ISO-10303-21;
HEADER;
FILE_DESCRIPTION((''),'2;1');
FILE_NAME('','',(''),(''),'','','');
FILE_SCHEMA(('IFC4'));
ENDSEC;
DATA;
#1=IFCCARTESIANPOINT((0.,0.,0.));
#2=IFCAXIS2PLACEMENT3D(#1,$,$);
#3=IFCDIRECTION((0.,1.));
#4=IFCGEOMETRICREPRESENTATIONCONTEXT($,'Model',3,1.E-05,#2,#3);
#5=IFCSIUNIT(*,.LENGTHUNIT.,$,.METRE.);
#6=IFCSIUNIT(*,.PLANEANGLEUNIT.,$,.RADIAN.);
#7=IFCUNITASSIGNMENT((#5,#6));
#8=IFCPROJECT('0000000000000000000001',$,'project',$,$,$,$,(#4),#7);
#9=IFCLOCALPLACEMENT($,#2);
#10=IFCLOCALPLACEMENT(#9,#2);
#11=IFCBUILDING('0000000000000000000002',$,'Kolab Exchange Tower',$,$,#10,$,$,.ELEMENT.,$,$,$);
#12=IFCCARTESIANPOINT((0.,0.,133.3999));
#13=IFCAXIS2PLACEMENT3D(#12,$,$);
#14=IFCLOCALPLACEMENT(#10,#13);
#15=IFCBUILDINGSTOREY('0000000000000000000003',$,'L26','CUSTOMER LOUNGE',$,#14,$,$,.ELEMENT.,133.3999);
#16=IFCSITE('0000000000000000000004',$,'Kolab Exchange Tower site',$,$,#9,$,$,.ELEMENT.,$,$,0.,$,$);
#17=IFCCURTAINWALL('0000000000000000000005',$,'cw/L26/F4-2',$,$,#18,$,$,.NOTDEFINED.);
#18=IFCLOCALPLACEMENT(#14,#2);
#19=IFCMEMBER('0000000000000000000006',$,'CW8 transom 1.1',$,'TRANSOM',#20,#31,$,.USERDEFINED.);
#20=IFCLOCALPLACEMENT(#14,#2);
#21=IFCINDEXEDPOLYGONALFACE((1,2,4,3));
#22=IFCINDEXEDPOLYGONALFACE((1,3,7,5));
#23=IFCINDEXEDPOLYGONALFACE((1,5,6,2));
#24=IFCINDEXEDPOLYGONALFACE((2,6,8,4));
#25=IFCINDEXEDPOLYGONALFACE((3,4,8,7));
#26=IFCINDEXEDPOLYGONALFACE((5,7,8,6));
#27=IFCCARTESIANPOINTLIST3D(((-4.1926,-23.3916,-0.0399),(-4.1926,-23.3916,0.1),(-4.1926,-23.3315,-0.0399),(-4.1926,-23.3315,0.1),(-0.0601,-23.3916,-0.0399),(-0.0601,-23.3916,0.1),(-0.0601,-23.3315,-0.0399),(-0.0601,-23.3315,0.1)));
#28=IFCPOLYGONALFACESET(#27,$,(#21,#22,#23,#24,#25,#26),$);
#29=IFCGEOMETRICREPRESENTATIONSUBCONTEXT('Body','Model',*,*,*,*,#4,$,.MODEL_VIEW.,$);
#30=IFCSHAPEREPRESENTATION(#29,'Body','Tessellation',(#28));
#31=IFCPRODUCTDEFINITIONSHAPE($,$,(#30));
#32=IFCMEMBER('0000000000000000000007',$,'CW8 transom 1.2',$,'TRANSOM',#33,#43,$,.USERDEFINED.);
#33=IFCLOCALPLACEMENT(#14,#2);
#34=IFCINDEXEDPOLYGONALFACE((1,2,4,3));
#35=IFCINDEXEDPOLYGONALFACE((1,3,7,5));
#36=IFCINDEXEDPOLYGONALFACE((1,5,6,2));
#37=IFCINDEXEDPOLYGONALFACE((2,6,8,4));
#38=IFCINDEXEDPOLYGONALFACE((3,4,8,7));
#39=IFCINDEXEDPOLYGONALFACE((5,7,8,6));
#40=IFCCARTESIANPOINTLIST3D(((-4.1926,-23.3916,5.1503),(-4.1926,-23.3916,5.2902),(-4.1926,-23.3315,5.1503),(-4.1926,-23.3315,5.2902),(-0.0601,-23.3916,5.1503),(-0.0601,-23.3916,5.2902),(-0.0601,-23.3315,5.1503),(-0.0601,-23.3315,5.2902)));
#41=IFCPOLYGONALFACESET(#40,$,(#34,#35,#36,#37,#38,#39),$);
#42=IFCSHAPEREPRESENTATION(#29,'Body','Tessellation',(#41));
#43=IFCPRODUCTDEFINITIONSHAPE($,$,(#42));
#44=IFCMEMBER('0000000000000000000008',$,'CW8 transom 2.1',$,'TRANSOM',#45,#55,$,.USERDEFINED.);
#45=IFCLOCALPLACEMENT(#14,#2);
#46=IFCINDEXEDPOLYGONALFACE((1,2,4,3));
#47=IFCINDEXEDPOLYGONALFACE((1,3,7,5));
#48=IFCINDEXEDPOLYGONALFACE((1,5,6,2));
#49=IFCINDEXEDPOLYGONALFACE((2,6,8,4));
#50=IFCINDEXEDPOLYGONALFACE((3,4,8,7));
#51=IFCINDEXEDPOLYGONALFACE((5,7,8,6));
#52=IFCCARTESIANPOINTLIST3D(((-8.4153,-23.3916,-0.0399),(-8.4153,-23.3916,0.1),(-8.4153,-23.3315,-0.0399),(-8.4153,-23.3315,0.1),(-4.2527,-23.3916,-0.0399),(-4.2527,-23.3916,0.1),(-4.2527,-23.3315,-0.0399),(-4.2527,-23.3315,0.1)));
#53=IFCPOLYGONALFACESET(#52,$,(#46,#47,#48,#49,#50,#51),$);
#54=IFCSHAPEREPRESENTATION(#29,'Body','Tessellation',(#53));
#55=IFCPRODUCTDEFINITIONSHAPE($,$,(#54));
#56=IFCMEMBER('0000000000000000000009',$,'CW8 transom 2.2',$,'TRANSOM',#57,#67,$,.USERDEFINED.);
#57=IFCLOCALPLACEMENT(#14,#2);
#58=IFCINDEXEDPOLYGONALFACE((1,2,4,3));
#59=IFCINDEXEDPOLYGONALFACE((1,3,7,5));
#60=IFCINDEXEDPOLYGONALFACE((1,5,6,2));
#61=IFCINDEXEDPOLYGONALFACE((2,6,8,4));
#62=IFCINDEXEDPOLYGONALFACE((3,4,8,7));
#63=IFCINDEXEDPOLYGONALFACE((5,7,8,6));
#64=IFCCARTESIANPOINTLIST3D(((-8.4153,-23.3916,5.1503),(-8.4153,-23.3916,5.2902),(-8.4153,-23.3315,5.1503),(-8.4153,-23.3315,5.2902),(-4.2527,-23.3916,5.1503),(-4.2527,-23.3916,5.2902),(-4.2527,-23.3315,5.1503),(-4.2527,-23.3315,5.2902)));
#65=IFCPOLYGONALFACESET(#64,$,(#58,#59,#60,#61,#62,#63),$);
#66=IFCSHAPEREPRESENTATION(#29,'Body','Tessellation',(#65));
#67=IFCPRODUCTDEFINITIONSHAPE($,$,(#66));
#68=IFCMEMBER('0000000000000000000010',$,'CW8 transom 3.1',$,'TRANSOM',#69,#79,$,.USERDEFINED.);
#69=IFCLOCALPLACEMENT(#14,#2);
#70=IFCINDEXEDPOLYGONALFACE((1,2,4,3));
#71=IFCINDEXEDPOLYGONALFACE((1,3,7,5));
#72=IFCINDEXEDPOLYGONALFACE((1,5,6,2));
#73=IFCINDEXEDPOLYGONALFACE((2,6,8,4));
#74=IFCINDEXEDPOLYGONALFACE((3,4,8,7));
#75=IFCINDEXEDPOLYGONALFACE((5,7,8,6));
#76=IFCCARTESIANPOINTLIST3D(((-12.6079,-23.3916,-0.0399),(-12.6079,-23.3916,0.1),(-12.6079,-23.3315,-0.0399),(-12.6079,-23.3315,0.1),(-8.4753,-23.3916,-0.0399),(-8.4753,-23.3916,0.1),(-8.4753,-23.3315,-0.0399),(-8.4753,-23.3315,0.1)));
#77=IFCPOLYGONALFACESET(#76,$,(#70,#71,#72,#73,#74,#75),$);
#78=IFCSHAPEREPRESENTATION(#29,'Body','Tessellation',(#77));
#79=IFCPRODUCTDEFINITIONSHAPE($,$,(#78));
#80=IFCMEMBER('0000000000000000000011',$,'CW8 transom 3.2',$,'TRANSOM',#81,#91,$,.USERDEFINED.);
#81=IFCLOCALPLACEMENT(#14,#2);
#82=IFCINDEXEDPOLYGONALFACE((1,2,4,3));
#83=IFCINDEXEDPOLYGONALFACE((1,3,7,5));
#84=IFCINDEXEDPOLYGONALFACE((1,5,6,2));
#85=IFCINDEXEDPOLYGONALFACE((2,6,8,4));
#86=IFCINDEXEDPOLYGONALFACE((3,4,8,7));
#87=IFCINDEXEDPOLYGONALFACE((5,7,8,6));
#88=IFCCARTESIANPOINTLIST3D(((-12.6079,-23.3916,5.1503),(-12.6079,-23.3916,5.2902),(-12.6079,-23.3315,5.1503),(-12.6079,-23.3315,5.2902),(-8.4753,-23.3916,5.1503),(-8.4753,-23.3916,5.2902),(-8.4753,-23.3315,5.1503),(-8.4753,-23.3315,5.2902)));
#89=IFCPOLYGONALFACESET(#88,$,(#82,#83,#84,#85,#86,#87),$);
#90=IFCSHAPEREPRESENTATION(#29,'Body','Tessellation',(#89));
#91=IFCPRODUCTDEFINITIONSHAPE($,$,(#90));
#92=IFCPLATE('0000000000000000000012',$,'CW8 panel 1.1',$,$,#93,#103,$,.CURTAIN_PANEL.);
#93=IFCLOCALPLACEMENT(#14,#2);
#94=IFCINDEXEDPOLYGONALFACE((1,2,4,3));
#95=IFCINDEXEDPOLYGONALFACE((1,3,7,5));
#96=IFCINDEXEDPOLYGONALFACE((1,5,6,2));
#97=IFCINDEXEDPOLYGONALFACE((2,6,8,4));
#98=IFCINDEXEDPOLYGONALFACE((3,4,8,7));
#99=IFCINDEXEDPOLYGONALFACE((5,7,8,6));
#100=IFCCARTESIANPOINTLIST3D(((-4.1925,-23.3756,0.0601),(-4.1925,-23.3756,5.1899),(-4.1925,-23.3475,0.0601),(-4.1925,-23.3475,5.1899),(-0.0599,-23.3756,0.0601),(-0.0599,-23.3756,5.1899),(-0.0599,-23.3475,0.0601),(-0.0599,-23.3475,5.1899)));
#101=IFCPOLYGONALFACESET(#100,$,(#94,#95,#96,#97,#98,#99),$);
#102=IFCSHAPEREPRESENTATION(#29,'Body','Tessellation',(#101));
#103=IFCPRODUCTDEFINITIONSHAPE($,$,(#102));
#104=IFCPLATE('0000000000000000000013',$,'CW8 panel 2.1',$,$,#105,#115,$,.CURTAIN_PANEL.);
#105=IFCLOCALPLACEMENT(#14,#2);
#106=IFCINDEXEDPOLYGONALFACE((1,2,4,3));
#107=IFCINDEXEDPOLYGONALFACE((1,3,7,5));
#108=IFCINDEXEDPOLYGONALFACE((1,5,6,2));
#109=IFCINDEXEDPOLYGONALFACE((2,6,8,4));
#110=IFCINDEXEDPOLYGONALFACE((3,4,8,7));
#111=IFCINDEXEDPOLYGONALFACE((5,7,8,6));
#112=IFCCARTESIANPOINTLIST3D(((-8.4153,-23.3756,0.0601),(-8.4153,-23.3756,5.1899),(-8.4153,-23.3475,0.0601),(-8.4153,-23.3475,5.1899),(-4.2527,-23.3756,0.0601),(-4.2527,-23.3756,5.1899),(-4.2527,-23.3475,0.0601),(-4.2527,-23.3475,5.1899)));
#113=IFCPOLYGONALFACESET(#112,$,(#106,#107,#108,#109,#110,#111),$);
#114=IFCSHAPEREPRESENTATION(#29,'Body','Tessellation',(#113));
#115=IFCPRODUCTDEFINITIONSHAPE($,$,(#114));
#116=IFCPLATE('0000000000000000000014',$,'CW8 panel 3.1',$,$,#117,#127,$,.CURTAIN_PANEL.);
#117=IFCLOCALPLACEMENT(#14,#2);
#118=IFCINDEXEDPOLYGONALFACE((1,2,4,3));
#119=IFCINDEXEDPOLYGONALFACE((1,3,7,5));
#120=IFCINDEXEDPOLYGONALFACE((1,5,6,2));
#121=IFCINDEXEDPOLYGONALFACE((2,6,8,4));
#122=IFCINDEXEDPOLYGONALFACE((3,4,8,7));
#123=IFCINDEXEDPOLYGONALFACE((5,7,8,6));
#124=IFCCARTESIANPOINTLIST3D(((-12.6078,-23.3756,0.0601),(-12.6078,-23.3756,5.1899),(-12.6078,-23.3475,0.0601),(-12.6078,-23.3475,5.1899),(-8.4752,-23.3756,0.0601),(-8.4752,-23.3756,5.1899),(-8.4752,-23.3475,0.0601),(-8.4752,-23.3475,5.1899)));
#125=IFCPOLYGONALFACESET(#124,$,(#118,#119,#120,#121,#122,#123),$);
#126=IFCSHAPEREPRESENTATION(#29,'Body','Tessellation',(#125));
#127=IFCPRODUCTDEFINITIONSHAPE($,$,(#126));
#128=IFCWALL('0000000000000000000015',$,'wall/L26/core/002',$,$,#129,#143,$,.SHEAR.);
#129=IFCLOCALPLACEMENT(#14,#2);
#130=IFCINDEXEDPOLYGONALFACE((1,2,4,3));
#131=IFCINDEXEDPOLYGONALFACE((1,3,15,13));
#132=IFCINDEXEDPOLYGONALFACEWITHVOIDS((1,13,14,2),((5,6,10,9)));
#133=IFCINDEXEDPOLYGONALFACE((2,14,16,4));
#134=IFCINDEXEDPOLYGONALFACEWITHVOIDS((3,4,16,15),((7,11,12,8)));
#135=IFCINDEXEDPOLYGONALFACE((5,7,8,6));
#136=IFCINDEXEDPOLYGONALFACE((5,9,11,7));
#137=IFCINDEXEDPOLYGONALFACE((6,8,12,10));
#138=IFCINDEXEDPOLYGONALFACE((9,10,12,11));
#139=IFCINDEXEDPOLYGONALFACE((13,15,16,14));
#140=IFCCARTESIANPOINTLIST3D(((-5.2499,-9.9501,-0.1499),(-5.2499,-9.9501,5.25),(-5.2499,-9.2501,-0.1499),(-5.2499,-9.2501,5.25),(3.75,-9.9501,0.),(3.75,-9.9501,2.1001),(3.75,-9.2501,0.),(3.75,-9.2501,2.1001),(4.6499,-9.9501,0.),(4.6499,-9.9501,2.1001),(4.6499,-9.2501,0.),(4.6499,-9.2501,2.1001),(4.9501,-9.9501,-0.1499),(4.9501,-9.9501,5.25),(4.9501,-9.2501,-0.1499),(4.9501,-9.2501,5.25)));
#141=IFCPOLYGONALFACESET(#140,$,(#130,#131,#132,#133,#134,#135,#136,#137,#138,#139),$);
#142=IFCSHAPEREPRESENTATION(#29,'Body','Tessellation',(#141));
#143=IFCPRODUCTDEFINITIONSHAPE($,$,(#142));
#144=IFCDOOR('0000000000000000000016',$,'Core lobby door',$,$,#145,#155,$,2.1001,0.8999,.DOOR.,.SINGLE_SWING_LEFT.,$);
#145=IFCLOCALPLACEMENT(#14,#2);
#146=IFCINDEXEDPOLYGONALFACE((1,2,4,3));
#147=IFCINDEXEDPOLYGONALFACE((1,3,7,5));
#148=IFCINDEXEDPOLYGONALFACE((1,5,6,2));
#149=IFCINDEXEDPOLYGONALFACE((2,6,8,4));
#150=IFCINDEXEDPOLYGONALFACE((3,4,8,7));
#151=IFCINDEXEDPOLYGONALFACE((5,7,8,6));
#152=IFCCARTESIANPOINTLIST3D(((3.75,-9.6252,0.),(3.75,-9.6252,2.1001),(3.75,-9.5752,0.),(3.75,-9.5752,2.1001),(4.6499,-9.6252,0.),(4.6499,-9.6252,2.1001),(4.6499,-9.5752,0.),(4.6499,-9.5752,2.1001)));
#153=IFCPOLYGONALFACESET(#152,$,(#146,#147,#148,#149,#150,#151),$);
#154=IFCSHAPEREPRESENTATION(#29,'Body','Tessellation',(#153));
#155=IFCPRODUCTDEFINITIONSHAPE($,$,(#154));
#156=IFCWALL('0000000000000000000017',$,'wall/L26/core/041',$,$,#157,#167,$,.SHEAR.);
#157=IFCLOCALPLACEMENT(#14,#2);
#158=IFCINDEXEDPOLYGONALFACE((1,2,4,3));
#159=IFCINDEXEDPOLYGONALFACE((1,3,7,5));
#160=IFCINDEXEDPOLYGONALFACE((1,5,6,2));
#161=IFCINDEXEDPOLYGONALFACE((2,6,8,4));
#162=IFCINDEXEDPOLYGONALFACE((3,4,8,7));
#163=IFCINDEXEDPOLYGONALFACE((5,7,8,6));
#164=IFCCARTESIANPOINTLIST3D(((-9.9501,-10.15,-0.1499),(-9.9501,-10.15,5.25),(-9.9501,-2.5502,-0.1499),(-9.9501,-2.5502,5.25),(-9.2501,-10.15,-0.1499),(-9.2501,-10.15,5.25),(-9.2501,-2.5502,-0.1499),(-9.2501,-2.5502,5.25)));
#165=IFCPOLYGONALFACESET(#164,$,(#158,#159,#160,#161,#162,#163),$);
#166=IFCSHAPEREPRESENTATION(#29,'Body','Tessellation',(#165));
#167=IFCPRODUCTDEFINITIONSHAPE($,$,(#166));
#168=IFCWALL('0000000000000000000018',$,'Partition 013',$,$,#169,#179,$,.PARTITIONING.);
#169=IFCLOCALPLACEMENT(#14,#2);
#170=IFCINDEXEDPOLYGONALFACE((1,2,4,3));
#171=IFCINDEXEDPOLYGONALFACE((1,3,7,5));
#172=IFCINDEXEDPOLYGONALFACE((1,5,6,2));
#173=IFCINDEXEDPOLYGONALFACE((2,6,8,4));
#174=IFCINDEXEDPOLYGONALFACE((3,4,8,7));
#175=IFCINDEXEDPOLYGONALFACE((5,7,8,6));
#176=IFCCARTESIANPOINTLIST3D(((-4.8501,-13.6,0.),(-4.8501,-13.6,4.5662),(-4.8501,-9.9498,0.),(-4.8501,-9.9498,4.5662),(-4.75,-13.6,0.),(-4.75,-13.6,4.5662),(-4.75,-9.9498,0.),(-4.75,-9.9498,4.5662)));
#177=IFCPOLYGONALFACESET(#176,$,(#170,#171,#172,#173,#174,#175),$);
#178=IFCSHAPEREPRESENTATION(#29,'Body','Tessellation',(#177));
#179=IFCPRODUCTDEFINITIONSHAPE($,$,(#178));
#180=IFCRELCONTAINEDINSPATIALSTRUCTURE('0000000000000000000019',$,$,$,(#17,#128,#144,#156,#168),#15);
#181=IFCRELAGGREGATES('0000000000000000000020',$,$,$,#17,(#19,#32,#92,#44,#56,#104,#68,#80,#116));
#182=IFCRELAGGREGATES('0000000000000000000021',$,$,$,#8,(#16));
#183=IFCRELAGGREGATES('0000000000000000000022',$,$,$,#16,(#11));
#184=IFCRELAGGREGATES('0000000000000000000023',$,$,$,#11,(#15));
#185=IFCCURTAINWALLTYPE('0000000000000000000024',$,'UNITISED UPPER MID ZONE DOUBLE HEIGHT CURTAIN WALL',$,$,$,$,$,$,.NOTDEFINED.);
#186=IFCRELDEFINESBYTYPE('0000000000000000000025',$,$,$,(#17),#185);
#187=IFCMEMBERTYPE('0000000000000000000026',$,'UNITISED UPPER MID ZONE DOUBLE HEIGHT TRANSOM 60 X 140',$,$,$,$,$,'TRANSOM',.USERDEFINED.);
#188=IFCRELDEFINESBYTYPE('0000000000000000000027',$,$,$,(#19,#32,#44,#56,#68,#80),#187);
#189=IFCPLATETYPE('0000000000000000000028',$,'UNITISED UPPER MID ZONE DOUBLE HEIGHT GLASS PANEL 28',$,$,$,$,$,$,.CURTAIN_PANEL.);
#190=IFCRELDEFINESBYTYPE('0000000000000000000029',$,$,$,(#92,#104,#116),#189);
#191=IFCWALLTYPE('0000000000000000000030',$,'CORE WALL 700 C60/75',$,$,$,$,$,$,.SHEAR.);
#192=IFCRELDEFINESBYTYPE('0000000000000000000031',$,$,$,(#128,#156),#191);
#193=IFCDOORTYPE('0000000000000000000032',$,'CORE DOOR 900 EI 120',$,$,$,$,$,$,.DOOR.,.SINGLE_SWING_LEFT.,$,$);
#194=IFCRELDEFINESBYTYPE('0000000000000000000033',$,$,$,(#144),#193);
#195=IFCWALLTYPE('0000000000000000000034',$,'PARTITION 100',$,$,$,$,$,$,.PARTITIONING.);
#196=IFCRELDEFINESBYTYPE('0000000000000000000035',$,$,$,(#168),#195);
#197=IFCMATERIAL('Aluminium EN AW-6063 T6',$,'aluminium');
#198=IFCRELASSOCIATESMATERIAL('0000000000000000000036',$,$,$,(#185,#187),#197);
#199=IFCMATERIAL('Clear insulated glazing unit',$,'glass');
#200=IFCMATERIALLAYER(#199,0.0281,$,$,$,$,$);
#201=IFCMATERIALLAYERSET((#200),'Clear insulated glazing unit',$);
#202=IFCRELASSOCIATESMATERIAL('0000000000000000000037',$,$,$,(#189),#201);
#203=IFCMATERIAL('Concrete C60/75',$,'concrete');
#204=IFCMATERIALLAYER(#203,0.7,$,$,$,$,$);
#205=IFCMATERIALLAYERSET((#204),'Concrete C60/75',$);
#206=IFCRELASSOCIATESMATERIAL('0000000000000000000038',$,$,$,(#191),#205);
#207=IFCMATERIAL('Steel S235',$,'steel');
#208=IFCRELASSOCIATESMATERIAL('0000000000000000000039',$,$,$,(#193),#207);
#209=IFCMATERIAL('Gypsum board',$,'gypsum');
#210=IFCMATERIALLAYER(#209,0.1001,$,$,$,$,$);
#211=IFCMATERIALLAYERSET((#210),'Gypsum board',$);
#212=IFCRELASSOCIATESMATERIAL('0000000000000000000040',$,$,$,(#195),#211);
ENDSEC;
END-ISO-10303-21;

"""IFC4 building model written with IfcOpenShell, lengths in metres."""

from ifc_helpers import new_model, si_unit, direction, frame, frame_2d, origin, origin_2d, place, context, subcontext, project, spatial, rectangle, extrude, material, layer, layer_set, material_profile, profile_set, type_object, element, fill, aggregate, save


model = new_model("IFC4")

# Units and contexts
model_context = context("Model", 3, precision=1e-05, world=origin(), true_north=direction((0.0, 1.0)))
body_context = subcontext(model_context, "Body", "Model", "MODEL_VIEW")
ifc_project = project(units=[si_unit("LENGTHUNIT", "METRE"), si_unit("PLANEANGLEUNIT", "RADIAN")], contexts=[model_context])

# Site, building, storey
site_placement = place(None, origin())
site = spatial("IfcSite", under=ifc_project, at=site_placement, Name="Kolab Exchange Tower site", CompositionType="ELEMENT", RefElevation=0.0)
building_placement = place(site_placement, origin())
building = spatial("IfcBuilding", under=site, at=building_placement, Name="Kolab Exchange Tower", CompositionType="ELEMENT")
storey_placement = place(building_placement, frame((0.0, 0.0, 133.3999)))
storey = spatial("IfcBuildingStorey", under=building, at=storey_placement, Name="L26", Description="CUSTOMER LOUNGE", CompositionType="ELEMENT", Elevation=133.3999)

# Shared definitions
ifc_material_1 = material(Name="Concrete C60/75", Category="concrete")

# Curtain wall, members, plates
ifc_material_2 = material(Name="Aluminium EN AW-6063 T6", Category="aluminium")
curtain_wall_type = type_object("IfcCurtainWallType", Name="UNITISED UPPER MID ZONE DOUBLE HEIGHT CURTAIN WALL", PredefinedType="NOTDEFINED", material=ifc_material_2)
curtain_wall_placement = place(storey_placement, origin())
curtain_wall = element("IfcCurtainWall", 1, at=curtain_wall_placement, inside=storey, type_object=curtain_wall_type, Name="cw/L26/F4-2", PredefinedType="NOTDEFINED")
ifc_material_profile_1 = material_profile(ifc_material_2, rectangle(XDim=0.0601, YDim=0.1399, at=origin_2d()), Name="RECT 60X140")
ifc_profile_set_1 = profile_set([ifc_material_profile_1], Name="Aluminium EN AW-6063 T6")
member_type_1 = type_object("IfcMemberType", Name="UNITISED UPPER MID ZONE DOUBLE HEIGHT TRANSOM 60 X 140", ElementType="TRANSOM", PredefinedType="USERDEFINED", material=ifc_profile_set_1)
member_1_placement = place(storey_placement, frame((-0.0601, -23.3616, 0.03), z_axis=(-1.0, 0.0, 0.0), x_axis=(0.0, -1.0, 0.0)))
member_1 = element("IfcMember", 2, at=member_1_placement, type_object=member_type_1, Name="CW8 transom 1.1", ObjectType="TRANSOM", PredefinedType="USERDEFINED", context=body_context, shape_type="SweptSolid", body=[
    extrude(rectangle(XDim=0.0601, YDim=0.1399, at=origin_2d()), origin(), (0.0, 0.0, 1.0), 4.1326),
])
member_2_placement = place(storey_placement, frame((-0.0601, -23.3616, 5.2202), z_axis=(-1.0, 0.0, 0.0), x_axis=(0.0, -1.0, 0.0)))
member_2 = element("IfcMember", 3, at=member_2_placement, type_object=member_type_1, Name="CW8 transom 1.2", ObjectType="TRANSOM", PredefinedType="USERDEFINED", context=body_context, shape_type="SweptSolid", body=[
    extrude(rectangle(XDim=0.0601, YDim=0.1399, at=origin_2d()), origin(), (0.0, 0.0, 1.0), 4.1326),
])
member_3_placement = place(storey_placement, frame((-4.2527, -23.3616, 0.03), z_axis=(-1.0, 0.0, 0.0), x_axis=(0.0, -1.0, 0.0)))
member_3 = element("IfcMember", 4, at=member_3_placement, type_object=member_type_1, Name="CW8 transom 2.1", ObjectType="TRANSOM", PredefinedType="USERDEFINED", context=body_context, shape_type="SweptSolid", body=[
    extrude(rectangle(XDim=0.0601, YDim=0.1399, at=origin_2d()), origin(), (0.0, 0.0, 1.0), 4.1626),
])
member_4_placement = place(storey_placement, frame((-4.2527, -23.3616, 5.2202), z_axis=(-1.0, 0.0, 0.0), x_axis=(0.0, -1.0, 0.0)))
member_4 = element("IfcMember", 5, at=member_4_placement, type_object=member_type_1, Name="CW8 transom 2.2", ObjectType="TRANSOM", PredefinedType="USERDEFINED", context=body_context, shape_type="SweptSolid", body=[
    extrude(rectangle(XDim=0.0601, YDim=0.1399, at=origin_2d()), origin(), (0.0, 0.0, 1.0), 4.1626),
])
member_5_placement = place(storey_placement, frame((-8.4753, -23.3616, 0.03), z_axis=(-1.0, 0.0, 0.0), x_axis=(0.0, -1.0, 0.0)))
member_5 = element("IfcMember", 6, at=member_5_placement, type_object=member_type_1, Name="CW8 transom 3.1", ObjectType="TRANSOM", PredefinedType="USERDEFINED", context=body_context, shape_type="SweptSolid", body=[
    extrude(rectangle(XDim=0.0601, YDim=0.1399, at=origin_2d()), origin(), (0.0, 0.0, 1.0), 4.1326),
])
member_6_placement = place(storey_placement, frame((-8.4753, -23.3616, 5.2202), z_axis=(-1.0, 0.0, 0.0), x_axis=(0.0, -1.0, 0.0)))
member_6 = element("IfcMember", 7, at=member_6_placement, type_object=member_type_1, Name="CW8 transom 3.2", ObjectType="TRANSOM", PredefinedType="USERDEFINED", context=body_context, shape_type="SweptSolid", body=[
    extrude(rectangle(XDim=0.0601, YDim=0.1399, at=origin_2d()), origin(), (0.0, 0.0, 1.0), 4.1326),
])
ifc_material_3 = material(Name="Clear insulated glazing unit", Category="glass")
ifc_layer_1 = layer(ifc_material_3, 0.0281)
ifc_layer_set_1 = layer_set([ifc_layer_1], Name="Clear insulated glazing unit")
plate_type = type_object("IfcPlateType", Name="UNITISED UPPER MID ZONE DOUBLE HEIGHT GLASS PANEL 28", PredefinedType="CURTAIN_PANEL", material=ifc_layer_set_1)
plate_1_placement = place(storey_placement, frame((-2.1262, -23.3616, 0.0601), z_axis=(0.0, 0.0, 1.0), x_axis=(-1.0, 0.0, 0.0)))
plate_1 = element("IfcPlate", 8, at=plate_1_placement, type_object=plate_type, Name="CW8 panel 1.1", PredefinedType="CURTAIN_PANEL", context=body_context, shape_type="SweptSolid", body=[
    extrude(rectangle(XDim=4.1326, YDim=0.0281, at=origin_2d()), origin(), (0.0, 0.0, 1.0), 5.1299),
])
plate_2_placement = place(storey_placement, frame((-6.334, -23.3616, 0.0601), z_axis=(0.0, 0.0, 1.0), x_axis=(-1.0, 0.0, 0.0)))
plate_2 = element("IfcPlate", 9, at=plate_2_placement, type_object=plate_type, Name="CW8 panel 2.1", PredefinedType="CURTAIN_PANEL", context=body_context, shape_type="SweptSolid", body=[
    extrude(rectangle(XDim=4.1626, YDim=0.0281, at=origin_2d()), origin(), (0.0, 0.0, 1.0), 5.1299),
])
plate_3_placement = place(storey_placement, frame((-10.5415, -23.3616, 0.0601), z_axis=(0.0, 0.0, 1.0), x_axis=(-1.0, 0.0, 0.0)))
plate_3 = element("IfcPlate", 10, at=plate_3_placement, type_object=plate_type, Name="CW8 panel 3.1", PredefinedType="CURTAIN_PANEL", context=body_context, shape_type="SweptSolid", body=[
    extrude(rectangle(XDim=4.1326, YDim=0.0281, at=origin_2d()), origin(), (0.0, 0.0, 1.0), 5.1299),
])
aggregate(curtain_wall, [member_1, member_2, plate_1, member_3, member_4, plate_2, member_5, member_6, plate_3])

# Wall, opening, door
ifc_layer_2 = layer(ifc_material_1, 0.7)
ifc_layer_set_2 = layer_set([ifc_layer_2], Name="Concrete C60/75")
wall_type_1 = type_object("IfcWallType", Name="CORE WALL 700 C60/75", PredefinedType="SHEAR", material=ifc_layer_set_2)
wall_1_placement = place(storey_placement, frame((-5.25, -9.6001, -0.1499), z_axis=(0.0, 0.0, 1.0), x_axis=(1.0, 0.0, 0.0)))
wall_1 = element("IfcWall", 11, at=wall_1_placement, inside=storey, type_object=wall_type_1, Name="wall/L26/core/002", PredefinedType="SHEAR", context=body_context, shape_type="SweptSolid", body=[
    extrude(rectangle(XDim=10.2, YDim=0.7, at=frame_2d((5.1001, 0.0))), origin(), (0.0, 0.0, 1.0), 5.3999),
])
opening_1_placement = place(wall_1_placement, frame((9.0, 0.0, 0.1499)))
opening_1 = element("IfcOpeningElement", 12, at=opening_1_placement, cuts=wall_1, PredefinedType="OPENING", context=body_context, shape_type="SweptSolid", body=[
    extrude(rectangle(XDim=0.8999, YDim=2.1001, at=frame_2d((0.45, 1.05))), frame((0.0, 0.3599, 0.0), z_axis=(0.0, -1.0, 0.0), x_axis=(1.0, 0.0, 0.0)), (0.0, 0.0, 1.0), 0.72),
])
ifc_material_4 = material(Name="Steel S235", Category="steel")
door_type_1 = type_object("IfcDoorType", Name="CORE DOOR 900 EI 120", OperationType="SINGLE_SWING_LEFT", PredefinedType="DOOR", material=ifc_material_4)
door_1_placement = place(opening_1_placement, origin())
door_1 = element("IfcDoor", 13, at=door_1_placement, inside=storey, type_object=door_type_1, Name="Core lobby door", OperationType="SINGLE_SWING_LEFT", OverallHeight=2.1001, OverallWidth=0.8999, PredefinedType="DOOR", context=body_context, shape_type="SweptSolid", body=[
    extrude(rectangle(XDim=0.8999, YDim=2.1001, at=frame_2d((0.45, 1.05))), frame((0.0, 0.0249, 0.0), z_axis=(0.0, -1.0, 0.0), x_axis=(1.0, 0.0, 0.0)), (0.0, 0.0, 1.0), 0.05),
])
fill(opening_1, door_1)

# Walls
wall_2_placement = place(storey_placement, frame((-9.6001, -10.1499, -0.1499), z_axis=(0.0, 0.0, 1.0), x_axis=(0.0, 1.0, 0.0)))
element("IfcWall", 14, at=wall_2_placement, inside=storey, type_object=wall_type_1, Name="wall/L26/core/041", PredefinedType="SHEAR", context=body_context, shape_type="SweptSolid", body=[
    extrude(rectangle(XDim=7.5999, YDim=0.7, at=frame_2d((3.7998, 0.0))), origin(), (0.0, 0.0, 1.0), 5.3999),
])
ifc_material_5 = material(Name="Gypsum board", Category="gypsum")
ifc_layer_3 = layer(ifc_material_5, 0.1001)
ifc_layer_set_3 = layer_set([ifc_layer_3], Name="Gypsum board")
wall_type_2 = type_object("IfcWallType", Name="PARTITION 100", PredefinedType="PARTITIONING", material=ifc_layer_set_3)
wall_3_placement = place(storey_placement, frame((-4.8, -13.6001, 0.0), z_axis=(0.0, 0.0, 1.0), x_axis=(0.0, 1.0, 0.0)))
element("IfcWall", 15, at=wall_3_placement, inside=storey, type_object=wall_type_2, Name="Partition 013", PredefinedType="PARTITIONING", context=body_context, shape_type="SweptSolid", body=[
    extrude(rectangle(XDim=3.6501, YDim=0.1001, at=frame_2d((1.8252, 0.0))), origin(), (0.0, 0.0, 1.0), 4.5662),
])

save(model, "model.ifc")
